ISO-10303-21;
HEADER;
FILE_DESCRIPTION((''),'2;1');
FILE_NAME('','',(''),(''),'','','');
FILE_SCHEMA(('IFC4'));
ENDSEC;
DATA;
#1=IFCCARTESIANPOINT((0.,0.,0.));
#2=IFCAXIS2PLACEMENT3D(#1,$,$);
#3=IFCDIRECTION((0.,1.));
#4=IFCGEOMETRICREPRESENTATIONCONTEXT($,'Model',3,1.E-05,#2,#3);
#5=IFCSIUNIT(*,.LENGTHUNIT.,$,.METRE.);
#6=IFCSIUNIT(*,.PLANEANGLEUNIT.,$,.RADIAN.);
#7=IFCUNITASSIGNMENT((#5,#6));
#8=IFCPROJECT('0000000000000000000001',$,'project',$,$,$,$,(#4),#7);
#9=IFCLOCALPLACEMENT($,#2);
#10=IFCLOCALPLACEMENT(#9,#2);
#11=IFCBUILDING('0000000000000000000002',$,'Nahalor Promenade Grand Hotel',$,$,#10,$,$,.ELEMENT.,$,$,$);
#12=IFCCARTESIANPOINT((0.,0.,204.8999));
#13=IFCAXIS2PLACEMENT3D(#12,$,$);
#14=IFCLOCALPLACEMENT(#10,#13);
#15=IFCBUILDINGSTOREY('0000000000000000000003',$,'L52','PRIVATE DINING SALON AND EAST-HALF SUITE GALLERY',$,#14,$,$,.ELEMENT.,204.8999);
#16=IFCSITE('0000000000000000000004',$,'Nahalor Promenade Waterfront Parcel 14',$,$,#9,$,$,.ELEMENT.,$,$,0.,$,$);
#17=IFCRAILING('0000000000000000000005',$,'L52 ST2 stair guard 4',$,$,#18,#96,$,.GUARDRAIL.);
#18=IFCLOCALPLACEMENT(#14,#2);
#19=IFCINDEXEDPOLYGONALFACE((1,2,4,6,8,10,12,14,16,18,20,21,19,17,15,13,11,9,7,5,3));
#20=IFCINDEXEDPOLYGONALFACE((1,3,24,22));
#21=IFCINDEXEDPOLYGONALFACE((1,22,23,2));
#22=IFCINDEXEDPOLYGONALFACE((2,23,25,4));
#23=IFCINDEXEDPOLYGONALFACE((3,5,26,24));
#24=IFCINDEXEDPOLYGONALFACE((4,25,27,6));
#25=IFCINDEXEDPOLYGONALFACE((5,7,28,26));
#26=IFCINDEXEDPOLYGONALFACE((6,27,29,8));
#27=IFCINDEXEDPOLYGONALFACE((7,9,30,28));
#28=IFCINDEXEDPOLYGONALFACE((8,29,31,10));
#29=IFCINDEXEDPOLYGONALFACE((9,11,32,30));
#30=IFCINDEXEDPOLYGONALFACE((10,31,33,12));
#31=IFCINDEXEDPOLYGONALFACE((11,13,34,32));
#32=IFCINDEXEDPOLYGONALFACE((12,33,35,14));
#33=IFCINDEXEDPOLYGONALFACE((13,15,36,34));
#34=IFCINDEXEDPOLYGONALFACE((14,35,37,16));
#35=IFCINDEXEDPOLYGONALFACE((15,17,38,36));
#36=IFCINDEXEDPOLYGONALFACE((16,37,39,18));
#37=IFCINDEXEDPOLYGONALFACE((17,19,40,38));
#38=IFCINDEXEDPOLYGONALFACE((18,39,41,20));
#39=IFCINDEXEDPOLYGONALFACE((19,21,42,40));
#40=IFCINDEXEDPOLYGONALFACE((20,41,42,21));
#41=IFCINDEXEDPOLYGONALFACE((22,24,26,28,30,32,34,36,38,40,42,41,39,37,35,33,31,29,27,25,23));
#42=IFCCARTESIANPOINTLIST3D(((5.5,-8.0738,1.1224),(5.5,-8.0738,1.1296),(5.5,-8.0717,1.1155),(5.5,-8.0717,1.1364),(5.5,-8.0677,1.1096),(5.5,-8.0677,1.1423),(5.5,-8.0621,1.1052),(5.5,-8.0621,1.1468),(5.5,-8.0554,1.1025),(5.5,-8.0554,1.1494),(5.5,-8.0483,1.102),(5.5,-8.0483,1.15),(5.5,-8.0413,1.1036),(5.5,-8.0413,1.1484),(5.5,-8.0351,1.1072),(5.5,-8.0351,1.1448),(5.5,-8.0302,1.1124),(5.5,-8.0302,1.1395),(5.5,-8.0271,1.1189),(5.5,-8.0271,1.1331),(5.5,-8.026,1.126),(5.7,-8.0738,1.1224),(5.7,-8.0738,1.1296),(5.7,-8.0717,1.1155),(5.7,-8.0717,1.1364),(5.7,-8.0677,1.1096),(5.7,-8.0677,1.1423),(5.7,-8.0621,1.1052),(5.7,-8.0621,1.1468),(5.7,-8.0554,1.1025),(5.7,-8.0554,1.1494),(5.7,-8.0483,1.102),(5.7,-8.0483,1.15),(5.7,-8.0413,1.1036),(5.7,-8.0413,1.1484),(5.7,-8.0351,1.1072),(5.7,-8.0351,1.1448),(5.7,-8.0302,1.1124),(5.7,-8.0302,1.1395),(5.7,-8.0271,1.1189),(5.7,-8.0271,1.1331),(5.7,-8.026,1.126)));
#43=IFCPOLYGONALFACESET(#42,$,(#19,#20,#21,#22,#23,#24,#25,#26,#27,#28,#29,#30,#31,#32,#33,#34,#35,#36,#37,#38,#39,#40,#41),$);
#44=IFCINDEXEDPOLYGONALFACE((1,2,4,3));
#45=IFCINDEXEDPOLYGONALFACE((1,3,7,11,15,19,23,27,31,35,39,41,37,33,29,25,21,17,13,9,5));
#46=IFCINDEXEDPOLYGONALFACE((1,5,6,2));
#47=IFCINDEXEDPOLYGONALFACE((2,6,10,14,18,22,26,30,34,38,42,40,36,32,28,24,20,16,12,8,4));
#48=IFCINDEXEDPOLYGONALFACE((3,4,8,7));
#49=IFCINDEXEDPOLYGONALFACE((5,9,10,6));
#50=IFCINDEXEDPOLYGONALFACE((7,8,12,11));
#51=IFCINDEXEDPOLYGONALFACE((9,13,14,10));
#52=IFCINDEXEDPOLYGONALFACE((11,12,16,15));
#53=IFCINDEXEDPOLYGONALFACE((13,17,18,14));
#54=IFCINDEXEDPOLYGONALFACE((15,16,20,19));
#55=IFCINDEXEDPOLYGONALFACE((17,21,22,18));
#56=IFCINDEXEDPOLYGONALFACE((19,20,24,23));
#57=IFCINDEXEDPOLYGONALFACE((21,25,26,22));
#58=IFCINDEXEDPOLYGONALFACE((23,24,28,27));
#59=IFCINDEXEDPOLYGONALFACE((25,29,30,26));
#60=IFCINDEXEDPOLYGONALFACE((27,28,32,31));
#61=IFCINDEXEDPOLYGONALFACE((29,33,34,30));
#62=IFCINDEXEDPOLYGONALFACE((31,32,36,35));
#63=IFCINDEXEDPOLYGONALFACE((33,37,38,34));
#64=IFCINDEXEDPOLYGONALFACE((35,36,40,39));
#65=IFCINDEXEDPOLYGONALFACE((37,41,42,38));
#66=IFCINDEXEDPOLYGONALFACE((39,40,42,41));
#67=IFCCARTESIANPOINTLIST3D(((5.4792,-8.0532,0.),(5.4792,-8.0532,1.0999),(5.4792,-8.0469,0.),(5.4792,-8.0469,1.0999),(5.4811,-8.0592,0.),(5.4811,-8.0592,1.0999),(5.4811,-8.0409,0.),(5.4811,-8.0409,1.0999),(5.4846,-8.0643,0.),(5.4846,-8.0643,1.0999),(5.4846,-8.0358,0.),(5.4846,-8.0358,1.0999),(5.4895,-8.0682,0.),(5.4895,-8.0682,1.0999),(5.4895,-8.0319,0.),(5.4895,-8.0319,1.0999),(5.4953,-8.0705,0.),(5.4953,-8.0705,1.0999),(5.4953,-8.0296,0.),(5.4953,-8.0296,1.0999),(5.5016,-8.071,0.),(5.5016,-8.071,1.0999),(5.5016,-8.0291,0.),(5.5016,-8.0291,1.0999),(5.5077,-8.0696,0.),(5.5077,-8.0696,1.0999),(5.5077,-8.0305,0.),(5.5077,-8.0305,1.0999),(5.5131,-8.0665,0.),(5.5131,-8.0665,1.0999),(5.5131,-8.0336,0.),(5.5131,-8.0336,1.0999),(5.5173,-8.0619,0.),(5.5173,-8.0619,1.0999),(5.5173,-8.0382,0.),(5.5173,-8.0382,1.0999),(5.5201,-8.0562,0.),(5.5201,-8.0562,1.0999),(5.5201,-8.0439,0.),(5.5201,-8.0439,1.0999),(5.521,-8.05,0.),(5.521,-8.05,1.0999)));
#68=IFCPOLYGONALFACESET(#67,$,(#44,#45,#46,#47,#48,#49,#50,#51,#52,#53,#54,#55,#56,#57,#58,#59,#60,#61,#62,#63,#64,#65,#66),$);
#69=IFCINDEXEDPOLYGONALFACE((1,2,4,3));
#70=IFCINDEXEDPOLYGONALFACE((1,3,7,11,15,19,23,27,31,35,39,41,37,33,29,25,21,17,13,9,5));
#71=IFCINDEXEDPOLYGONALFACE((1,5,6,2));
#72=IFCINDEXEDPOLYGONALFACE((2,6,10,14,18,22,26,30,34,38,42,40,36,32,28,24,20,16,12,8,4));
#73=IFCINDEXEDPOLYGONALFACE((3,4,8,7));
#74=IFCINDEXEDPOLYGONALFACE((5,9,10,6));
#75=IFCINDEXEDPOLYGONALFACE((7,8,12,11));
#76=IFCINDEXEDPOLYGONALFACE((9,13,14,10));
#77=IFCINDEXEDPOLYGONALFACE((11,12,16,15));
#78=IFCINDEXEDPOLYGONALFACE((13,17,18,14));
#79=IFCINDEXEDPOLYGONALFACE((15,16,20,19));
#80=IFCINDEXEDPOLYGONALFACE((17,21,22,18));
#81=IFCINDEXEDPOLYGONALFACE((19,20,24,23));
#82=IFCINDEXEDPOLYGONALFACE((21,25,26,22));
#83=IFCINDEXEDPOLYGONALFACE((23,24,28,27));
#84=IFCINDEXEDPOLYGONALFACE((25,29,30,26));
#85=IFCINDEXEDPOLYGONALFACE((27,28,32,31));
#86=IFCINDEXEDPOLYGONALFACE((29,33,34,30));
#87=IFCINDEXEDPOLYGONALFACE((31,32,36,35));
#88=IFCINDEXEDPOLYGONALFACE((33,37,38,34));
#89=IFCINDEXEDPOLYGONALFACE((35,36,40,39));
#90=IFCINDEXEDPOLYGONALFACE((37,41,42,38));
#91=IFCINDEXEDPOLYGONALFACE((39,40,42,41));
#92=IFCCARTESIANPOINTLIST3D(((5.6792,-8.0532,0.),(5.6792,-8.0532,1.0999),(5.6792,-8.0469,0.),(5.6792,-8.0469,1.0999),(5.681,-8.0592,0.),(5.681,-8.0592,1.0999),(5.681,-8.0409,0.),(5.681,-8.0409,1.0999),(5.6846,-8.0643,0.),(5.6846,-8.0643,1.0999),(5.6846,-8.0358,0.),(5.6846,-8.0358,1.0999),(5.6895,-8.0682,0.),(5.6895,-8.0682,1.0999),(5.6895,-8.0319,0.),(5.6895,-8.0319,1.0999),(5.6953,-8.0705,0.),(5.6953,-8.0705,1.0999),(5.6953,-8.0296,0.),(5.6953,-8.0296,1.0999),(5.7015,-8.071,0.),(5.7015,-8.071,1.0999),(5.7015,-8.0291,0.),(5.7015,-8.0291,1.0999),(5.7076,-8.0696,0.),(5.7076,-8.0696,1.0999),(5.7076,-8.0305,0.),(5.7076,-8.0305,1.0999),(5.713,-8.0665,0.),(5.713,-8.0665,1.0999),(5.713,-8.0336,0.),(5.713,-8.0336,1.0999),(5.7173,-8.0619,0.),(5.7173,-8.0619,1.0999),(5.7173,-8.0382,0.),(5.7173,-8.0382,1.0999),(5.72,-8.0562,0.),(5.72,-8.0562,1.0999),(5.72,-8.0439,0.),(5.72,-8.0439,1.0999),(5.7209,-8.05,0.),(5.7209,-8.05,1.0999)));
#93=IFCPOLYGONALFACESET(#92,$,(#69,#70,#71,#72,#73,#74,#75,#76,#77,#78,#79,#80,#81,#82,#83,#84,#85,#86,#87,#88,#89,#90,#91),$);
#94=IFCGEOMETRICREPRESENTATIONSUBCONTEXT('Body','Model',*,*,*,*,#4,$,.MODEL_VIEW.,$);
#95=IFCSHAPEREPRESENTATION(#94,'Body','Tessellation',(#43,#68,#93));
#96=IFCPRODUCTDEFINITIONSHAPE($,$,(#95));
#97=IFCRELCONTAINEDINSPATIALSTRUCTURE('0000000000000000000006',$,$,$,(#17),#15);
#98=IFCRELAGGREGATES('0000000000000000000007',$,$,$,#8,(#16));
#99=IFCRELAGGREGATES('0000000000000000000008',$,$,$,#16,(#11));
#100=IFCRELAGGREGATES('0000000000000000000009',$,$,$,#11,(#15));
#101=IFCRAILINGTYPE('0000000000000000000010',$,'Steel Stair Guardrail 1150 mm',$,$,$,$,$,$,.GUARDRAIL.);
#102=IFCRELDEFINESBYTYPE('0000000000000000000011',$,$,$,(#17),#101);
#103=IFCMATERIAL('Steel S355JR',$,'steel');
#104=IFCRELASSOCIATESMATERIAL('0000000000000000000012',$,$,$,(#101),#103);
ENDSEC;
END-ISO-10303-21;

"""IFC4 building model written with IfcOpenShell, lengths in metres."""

from ifc_helpers import new_model, si_unit, direction, frame, origin, origin_2d, place, context, subcontext, project, spatial, circle, extrude, material, type_object, element, save


model = new_model("IFC4")

# Units and contexts
model_context = context("Model", 3, precision=1e-05, world=origin(), true_north=direction((0.0, 1.0)))
body_context = subcontext(model_context, "Body", "Model", "MODEL_VIEW")
ifc_project = project(units=[si_unit("LENGTHUNIT", "METRE"), si_unit("PLANEANGLEUNIT", "RADIAN")], contexts=[model_context])

# Site, building, storey
site_placement = place(None, origin())
site = spatial("IfcSite", under=ifc_project, at=site_placement, Name="Nahalor Promenade Waterfront Parcel 14", CompositionType="ELEMENT", RefElevation=0.0)
building_placement = place(site_placement, origin())
building = spatial("IfcBuilding", under=site, at=building_placement, Name="Nahalor Promenade Grand Hotel", CompositionType="ELEMENT")
storey_placement = place(building_placement, frame((0.0, 0.0, 204.8999)))
storey = spatial("IfcBuildingStorey", under=building, at=storey_placement, Name="L52", Description="PRIVATE DINING SALON AND EAST-HALF SUITE GALLERY", CompositionType="ELEMENT", Elevation=204.8999)

# Shared definitions
ifc_material_1 = material(Name="Steel S355JR", Category="steel")

# Railing
railing_type_1 = type_object("IfcRailingType", Name="Steel Stair Guardrail 1150 mm", PredefinedType="GUARDRAIL", material=ifc_material_1)
railing_1_placement = place(storey_placement, frame((5.5, -8.05, 0.0)))
element("IfcRailing", 1, at=railing_1_placement, inside=storey, type_object=railing_type_1, Name="L52 ST2 stair guard 4", PredefinedType="GUARDRAIL", context=body_context, shape_type="SweptSolid", body=[
    extrude(circle(Radius=0.024, at=origin_2d()), frame((0.0, 0.0, 1.126), z_axis=(1.0, 0.0, 0.0), x_axis=(0.0, 1.0, 0.0)), (0.0, 0.0, 1.0), 0.2),
    extrude(circle(Radius=0.021, at=origin_2d()), origin(), (0.0, 0.0, 1.0), 1.0999),
    extrude(circle(Radius=0.021, at=origin_2d()), frame((0.2, 0.0, 0.0)), (0.0, 0.0, 1.0), 1.0999),
])

save(model, "model.ifc")
